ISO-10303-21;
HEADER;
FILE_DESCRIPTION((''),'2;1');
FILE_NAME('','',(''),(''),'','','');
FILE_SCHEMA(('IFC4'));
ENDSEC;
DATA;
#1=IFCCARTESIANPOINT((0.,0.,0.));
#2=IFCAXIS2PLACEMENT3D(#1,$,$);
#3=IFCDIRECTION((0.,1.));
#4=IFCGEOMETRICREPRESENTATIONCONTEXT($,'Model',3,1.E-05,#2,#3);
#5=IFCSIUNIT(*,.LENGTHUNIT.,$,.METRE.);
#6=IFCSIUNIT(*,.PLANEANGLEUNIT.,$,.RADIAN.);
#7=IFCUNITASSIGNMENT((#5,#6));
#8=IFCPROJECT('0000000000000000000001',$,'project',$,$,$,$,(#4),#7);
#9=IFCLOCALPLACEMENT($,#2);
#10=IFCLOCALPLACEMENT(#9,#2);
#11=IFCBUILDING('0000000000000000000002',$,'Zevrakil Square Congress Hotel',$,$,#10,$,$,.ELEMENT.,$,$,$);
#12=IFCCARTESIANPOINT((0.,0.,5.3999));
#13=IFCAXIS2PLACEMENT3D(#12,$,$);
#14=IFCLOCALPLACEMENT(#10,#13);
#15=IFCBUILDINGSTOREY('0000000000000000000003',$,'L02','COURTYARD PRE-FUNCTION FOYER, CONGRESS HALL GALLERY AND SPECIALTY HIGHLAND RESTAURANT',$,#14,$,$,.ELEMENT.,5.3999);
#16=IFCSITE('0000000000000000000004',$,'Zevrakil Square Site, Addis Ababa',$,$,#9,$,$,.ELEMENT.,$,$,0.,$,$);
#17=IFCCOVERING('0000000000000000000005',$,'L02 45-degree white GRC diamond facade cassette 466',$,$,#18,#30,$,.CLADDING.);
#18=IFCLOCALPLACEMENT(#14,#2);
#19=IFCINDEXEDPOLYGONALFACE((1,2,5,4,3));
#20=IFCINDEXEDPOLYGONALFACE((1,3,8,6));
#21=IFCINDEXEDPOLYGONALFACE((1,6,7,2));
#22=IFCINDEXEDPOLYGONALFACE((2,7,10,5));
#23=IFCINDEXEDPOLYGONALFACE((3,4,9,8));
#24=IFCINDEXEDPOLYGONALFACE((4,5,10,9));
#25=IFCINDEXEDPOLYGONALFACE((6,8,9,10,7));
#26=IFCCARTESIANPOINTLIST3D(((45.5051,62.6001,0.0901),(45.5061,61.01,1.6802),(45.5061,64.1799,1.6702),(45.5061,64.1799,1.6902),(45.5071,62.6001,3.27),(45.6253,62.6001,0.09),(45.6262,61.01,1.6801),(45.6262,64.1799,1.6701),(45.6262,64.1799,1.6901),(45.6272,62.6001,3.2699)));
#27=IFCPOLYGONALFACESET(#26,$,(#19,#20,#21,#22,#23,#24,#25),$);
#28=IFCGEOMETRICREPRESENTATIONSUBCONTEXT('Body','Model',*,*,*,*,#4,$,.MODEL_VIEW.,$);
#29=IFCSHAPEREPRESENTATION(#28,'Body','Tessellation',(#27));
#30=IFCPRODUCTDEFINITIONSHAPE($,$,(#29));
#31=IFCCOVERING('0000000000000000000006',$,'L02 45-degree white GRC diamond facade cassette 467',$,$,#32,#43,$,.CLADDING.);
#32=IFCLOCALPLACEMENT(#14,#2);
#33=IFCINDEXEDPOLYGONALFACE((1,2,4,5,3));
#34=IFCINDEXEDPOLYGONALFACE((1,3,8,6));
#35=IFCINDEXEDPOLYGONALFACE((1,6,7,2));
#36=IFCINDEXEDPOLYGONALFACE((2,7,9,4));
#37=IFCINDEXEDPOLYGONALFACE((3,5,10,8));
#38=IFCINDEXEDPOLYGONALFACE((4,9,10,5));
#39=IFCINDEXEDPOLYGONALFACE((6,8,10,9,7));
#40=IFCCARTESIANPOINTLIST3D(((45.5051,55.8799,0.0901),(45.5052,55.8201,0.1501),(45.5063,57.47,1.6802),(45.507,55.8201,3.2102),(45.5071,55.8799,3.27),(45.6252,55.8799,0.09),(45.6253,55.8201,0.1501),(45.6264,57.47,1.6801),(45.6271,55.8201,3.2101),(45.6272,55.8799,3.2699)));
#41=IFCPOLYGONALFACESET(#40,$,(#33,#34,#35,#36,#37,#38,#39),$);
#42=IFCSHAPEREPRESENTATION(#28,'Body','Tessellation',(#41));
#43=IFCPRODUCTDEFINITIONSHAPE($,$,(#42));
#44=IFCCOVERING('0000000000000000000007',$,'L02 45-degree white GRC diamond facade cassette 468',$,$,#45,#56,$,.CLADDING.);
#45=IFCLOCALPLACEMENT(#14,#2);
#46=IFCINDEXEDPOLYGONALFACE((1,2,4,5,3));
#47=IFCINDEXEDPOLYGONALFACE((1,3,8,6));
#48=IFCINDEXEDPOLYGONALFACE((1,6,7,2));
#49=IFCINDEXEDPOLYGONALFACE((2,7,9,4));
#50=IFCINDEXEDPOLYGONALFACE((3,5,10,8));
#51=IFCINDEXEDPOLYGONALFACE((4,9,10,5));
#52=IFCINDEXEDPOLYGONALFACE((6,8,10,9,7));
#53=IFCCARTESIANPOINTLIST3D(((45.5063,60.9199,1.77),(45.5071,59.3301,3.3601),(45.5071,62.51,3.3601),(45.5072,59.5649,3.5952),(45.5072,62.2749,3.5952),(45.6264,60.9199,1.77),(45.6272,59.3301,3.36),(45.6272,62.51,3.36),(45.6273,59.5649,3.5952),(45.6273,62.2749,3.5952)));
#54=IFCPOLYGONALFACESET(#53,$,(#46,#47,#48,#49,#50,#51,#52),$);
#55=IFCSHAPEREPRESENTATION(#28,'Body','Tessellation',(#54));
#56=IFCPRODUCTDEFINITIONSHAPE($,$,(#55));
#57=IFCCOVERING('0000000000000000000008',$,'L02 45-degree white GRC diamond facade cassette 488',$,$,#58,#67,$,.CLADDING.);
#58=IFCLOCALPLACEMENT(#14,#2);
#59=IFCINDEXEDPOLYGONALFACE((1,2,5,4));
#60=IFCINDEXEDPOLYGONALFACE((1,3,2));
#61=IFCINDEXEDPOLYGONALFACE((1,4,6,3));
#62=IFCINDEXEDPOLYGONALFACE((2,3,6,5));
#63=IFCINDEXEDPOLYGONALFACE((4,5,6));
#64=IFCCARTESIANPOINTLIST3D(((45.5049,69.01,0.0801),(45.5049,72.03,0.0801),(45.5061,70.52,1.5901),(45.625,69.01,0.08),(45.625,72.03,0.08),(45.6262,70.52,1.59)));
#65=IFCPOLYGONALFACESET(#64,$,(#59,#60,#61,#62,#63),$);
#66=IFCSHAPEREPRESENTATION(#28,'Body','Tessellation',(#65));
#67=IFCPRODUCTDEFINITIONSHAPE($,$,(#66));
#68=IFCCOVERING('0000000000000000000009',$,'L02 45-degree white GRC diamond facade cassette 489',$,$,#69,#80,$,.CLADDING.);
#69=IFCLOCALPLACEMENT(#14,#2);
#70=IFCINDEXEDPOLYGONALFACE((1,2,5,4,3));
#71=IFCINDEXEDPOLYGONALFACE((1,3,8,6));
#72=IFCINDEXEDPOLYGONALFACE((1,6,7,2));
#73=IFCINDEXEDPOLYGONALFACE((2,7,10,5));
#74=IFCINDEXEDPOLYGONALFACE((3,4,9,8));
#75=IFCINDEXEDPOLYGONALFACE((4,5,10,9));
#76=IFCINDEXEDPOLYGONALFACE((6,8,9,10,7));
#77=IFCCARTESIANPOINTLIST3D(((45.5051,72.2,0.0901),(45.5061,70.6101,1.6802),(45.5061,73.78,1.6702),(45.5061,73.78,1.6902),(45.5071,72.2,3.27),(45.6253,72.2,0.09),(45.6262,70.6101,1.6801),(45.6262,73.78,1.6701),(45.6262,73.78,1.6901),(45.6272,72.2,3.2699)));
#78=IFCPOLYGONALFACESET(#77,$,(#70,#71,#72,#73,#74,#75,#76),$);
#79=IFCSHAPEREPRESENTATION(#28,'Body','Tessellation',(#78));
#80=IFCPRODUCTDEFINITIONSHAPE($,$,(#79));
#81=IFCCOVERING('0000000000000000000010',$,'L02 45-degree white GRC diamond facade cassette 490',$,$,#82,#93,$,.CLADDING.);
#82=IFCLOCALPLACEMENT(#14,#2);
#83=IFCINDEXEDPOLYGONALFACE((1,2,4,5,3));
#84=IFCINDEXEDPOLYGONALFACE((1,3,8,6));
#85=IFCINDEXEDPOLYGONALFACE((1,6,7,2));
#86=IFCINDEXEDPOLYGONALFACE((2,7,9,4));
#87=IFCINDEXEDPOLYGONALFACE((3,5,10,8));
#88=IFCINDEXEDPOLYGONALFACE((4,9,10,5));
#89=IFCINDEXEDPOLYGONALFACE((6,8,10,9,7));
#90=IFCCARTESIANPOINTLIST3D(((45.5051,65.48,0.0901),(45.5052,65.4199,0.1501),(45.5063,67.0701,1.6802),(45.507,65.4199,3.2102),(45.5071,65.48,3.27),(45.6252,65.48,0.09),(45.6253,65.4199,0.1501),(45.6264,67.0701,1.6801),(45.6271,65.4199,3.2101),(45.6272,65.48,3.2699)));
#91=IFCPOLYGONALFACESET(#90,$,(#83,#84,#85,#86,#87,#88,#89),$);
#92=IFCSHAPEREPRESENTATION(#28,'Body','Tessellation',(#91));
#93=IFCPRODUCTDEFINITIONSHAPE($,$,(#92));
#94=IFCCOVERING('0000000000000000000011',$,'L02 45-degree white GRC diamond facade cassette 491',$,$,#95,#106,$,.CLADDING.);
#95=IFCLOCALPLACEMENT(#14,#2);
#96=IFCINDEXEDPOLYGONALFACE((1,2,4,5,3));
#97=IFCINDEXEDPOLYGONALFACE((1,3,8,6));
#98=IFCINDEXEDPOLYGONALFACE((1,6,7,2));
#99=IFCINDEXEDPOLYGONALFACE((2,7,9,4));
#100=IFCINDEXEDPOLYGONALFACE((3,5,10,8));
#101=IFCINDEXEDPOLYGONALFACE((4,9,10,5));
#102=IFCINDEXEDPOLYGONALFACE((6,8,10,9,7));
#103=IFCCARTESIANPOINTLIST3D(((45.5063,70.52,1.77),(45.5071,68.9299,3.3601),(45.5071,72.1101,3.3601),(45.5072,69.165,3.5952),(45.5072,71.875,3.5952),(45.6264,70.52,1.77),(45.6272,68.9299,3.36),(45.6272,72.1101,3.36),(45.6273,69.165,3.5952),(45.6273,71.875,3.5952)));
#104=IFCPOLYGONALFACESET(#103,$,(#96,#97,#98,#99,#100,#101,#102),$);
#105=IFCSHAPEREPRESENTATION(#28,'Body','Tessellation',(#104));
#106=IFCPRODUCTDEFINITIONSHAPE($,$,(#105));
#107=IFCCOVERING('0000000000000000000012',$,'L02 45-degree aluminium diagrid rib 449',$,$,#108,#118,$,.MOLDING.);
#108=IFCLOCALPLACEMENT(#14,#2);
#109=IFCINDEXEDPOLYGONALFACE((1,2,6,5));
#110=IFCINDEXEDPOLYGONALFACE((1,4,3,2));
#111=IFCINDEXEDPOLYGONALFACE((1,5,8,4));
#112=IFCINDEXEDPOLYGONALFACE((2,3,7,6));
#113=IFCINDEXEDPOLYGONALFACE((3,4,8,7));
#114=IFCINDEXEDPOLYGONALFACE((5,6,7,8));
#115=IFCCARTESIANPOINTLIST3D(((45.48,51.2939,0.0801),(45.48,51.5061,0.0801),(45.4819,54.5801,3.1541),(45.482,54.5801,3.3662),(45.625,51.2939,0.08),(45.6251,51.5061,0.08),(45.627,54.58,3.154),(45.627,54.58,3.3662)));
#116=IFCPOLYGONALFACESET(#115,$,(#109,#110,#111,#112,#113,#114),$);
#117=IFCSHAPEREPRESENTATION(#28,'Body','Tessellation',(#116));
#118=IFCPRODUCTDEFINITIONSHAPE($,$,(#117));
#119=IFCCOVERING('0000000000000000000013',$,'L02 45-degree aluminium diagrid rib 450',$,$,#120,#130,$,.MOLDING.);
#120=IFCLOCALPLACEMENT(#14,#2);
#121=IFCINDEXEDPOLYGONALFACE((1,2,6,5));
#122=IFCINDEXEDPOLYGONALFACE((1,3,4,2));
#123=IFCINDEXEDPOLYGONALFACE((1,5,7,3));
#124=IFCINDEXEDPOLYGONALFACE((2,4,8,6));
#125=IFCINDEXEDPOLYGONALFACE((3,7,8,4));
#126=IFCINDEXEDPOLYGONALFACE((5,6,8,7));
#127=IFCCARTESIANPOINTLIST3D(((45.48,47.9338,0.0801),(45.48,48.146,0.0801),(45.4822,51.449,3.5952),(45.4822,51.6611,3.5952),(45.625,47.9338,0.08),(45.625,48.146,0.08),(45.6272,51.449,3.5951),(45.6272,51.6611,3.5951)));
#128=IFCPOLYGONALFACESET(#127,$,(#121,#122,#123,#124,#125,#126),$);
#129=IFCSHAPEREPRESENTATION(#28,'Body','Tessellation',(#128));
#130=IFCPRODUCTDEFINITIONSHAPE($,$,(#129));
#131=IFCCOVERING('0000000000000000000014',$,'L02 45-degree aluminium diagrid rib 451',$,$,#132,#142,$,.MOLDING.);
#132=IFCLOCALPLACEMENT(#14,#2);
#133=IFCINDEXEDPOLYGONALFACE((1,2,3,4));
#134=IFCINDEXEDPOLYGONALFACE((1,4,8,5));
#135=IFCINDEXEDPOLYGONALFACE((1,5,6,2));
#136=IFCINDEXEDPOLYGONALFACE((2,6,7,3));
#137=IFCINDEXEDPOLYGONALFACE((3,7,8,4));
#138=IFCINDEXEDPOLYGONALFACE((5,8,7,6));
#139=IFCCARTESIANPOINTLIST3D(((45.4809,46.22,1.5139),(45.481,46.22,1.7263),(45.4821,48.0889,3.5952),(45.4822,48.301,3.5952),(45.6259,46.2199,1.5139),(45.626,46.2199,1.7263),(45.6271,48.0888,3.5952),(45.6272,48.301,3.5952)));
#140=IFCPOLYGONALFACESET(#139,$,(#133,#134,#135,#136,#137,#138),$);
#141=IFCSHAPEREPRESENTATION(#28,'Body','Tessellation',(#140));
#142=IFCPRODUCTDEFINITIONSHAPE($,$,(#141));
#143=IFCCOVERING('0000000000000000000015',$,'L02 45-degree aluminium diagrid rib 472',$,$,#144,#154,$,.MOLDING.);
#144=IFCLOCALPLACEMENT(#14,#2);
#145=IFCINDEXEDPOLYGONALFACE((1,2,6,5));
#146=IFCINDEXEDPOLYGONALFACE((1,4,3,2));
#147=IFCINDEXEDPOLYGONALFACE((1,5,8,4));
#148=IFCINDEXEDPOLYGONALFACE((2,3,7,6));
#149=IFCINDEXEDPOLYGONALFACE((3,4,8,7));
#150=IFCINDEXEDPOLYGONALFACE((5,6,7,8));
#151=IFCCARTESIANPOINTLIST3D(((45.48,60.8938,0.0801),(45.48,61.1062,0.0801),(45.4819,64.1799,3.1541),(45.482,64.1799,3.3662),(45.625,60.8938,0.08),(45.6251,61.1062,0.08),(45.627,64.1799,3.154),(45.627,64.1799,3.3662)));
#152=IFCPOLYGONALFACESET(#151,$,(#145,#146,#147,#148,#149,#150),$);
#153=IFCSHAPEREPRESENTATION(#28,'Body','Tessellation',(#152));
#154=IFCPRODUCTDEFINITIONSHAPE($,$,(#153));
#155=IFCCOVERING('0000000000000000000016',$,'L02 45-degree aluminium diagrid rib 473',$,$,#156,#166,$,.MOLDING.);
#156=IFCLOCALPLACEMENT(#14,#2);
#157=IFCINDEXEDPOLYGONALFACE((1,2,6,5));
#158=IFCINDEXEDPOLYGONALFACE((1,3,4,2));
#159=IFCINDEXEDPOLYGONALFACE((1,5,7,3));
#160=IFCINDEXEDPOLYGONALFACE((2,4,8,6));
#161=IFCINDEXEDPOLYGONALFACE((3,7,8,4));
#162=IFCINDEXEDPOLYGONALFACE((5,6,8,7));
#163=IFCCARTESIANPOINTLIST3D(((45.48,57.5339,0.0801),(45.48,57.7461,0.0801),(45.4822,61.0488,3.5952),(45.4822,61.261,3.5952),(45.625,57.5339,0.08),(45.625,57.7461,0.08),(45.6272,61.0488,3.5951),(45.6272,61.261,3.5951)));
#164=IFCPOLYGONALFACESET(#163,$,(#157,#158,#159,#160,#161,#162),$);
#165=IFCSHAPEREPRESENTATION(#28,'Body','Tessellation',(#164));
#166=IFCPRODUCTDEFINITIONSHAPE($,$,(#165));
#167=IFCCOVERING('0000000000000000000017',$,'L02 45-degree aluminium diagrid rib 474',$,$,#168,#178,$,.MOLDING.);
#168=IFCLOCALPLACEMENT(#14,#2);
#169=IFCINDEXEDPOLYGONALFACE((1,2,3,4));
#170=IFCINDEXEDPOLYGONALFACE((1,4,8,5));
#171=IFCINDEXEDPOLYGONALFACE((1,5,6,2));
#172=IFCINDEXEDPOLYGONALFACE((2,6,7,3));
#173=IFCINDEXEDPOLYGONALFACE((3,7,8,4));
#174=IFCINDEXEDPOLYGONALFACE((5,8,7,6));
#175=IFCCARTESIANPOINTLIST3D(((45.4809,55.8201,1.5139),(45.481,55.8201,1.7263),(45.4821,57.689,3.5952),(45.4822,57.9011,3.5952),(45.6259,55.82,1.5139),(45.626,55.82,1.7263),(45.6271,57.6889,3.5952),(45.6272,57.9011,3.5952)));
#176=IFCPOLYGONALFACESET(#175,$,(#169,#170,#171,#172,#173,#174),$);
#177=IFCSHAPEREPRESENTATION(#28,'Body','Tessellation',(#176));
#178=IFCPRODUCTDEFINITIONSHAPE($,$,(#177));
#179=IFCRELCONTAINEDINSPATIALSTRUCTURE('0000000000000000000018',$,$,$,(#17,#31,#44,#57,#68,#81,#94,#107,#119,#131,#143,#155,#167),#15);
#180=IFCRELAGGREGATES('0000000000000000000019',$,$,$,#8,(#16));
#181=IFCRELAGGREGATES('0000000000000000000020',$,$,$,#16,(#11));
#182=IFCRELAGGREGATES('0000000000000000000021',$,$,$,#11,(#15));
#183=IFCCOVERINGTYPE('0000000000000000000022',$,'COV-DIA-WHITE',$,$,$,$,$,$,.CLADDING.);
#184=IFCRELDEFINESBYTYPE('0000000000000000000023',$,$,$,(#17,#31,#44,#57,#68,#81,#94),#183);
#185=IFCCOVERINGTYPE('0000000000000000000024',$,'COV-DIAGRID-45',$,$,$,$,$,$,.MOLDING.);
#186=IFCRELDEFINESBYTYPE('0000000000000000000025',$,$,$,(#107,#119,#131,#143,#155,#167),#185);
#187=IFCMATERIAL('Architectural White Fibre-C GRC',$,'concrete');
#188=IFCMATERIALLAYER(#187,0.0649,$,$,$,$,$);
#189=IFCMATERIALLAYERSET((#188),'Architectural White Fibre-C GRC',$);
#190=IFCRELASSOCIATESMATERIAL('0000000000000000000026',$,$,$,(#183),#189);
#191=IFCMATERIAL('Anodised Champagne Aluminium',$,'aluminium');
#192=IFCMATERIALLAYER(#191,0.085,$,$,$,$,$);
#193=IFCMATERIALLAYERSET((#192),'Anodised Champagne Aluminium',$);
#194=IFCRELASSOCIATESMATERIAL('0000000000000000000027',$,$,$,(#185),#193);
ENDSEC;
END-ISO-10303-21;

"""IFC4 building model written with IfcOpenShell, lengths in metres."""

from ifc_helpers import new_model, si_unit, direction, frame, origin, place, context, subcontext, project, spatial, polyline, outline, extrude, material, layer, layer_set, type_object, element, save


model = new_model("IFC4")

# Units and contexts
model_context = context("Model", 3, precision=1e-05, world=origin(), true_north=direction((0.0, 1.0)))
body_context = subcontext(model_context, "Body", "Model", "MODEL_VIEW")
ifc_project = project(units=[si_unit("LENGTHUNIT", "METRE"), si_unit("PLANEANGLEUNIT", "RADIAN")], contexts=[model_context])

# Site, building, storey
site_placement = place(None, origin())
site = spatial("IfcSite", under=ifc_project, at=site_placement, Name="Zevrakil Square Site, Addis Ababa", CompositionType="ELEMENT", RefElevation=0.0)
building_placement = place(site_placement, origin())
building = spatial("IfcBuilding", under=site, at=building_placement, Name="Zevrakil Square Congress Hotel", CompositionType="ELEMENT")
storey_placement = place(building_placement, frame((0.0, 0.0, 5.3999)))
storey = spatial("IfcBuildingStorey", under=building, at=storey_placement, Name="L02", Description="COURTYARD PRE-FUNCTION FOYER, CONGRESS HALL GALLERY AND SPECIALTY HIGHLAND RESTAURANT", CompositionType="ELEMENT", Elevation=5.3999)

# Coverings
ifc_material_1 = material(Name="Architectural White Fibre-C GRC", Category="concrete")
ifc_layer_1 = layer(ifc_material_1, 0.0649)
ifc_layer_set_1 = layer_set([ifc_layer_1], Name="Architectural White Fibre-C GRC")
covering_type_1 = type_object("IfcCoveringType", Name="COV-DIA-WHITE", PredefinedType="CLADDING", material=ifc_layer_set_1)
covering_1_placement = place(storey_placement, frame((45.5071, 62.6001, 3.27), z_axis=(-1.0, 0.0, 0.000612), x_axis=(-0.000433, -0.707161, -0.707052)))
element("IfcCovering", 1, at=covering_1_placement, inside=storey, type_object=covering_type_1, Name="L02 45-degree white GRC diamond facade cassette 466", PredefinedType="CLADDING", context=body_context, shape_type="SweptSolid", body=[
    extrude(outline(polyline([(0.0, 0.0), (2.2486, 0.0), (2.2484, -2.2487), (0.014, -2.2484), (-0.0002, -2.2342), (0.0, 0.0)])), origin(), (0.0, 0.0, -1.0), 0.1201),
])
covering_2_placement = place(storey_placement, frame((45.5051, 55.8799, 0.0901), z_axis=(-1.0, 0.00014, 0.000612), x_axis=(0.000532, 0.707107, 0.707107)))
element("IfcCovering", 2, at=covering_2_placement, inside=storey, type_object=covering_type_1, Name="L02 45-degree white GRC diamond facade cassette 467", PredefinedType="CLADDING", context=body_context, shape_type="SweptSolid", body=[
    extrude(outline(polyline([(0.0, 0.0), (2.2487, 0.0), (2.2486, -2.2486), (2.164, -2.2486), (0.0002, -0.0848), (0.0, 0.0)])), origin(), (0.0, 0.0, -1.0), 0.1201),
])
covering_3_placement = place(storey_placement, frame((45.5071, 59.3301, 3.3601), z_axis=(-1.0, 0.0, 0.000482), x_axis=(-0.000341, 0.707052, -0.707161)))
element("IfcCovering", 3, at=covering_3_placement, inside=storey, type_object=covering_type_1, Name="L02 45-degree white GRC diamond facade cassette 468", PredefinedType="CLADDING", context=body_context, shape_type="SweptSolid", body=[
    extrude(outline(polyline([(0.0, 0.0), (2.2486, 0.0), (2.2484, -2.2487), (1.9159, -2.2487), (-0.0002, -0.3323), (0.0, 0.0)])), origin(), (0.0, 0.0, -1.0), 0.1201),
])
covering_4_placement = place(storey_placement, frame((45.5061, 70.52, 1.5901), z_axis=(-1.0, 0.0, 0.000808), x_axis=(-0.000572, -0.707107, -0.707107)))
element("IfcCovering", 4, at=covering_4_placement, inside=storey, type_object=covering_type_1, Name="L02 45-degree white GRC diamond facade cassette 488", PredefinedType="CLADDING", context=body_context, shape_type="SweptSolid", body=[
    extrude(outline(polyline([(0.0, 0.0), (2.1355, 0.0), (0.0, -2.1355), (0.0, 0.0)])), origin(), (0.0, 0.0, -1.0), 0.1201),
])
covering_5_placement = place(storey_placement, frame((45.5071, 72.2, 3.27), z_axis=(-1.0, 0.0, 0.000612), x_axis=(-0.000433, -0.707107, -0.707107)))
element("IfcCovering", 5, at=covering_5_placement, inside=storey, type_object=covering_type_1, Name="L02 45-degree white GRC diamond facade cassette 489", PredefinedType="CLADDING", context=body_context, shape_type="SweptSolid", body=[
    extrude(outline(polyline([(0.0, 0.0), (2.2484, 0.0), (2.2486, -2.2486), (0.014, -2.2486), (-0.0002, -2.2344), (0.0, 0.0)])), origin(), (0.0, 0.0, -1.0), 0.1201),
])
covering_6_placement = place(storey_placement, frame((45.5051, 65.48, 0.0901), z_axis=(-1.0, 0.00014, 0.000612), x_axis=(0.000532, 0.707107, 0.707107)))
element("IfcCovering", 6, at=covering_6_placement, inside=storey, type_object=covering_type_1, Name="L02 45-degree white GRC diamond facade cassette 490", PredefinedType="CLADDING", context=body_context, shape_type="SweptSolid", body=[
    extrude(outline(polyline([(0.0, 0.0), (2.2487, 0.0), (2.2486, -2.2486), (2.1638, -2.2487), (0.0, -0.0849), (0.0, 0.0)])), origin(), (0.0, 0.0, -1.0), 0.1201),
])
covering_7_placement = place(storey_placement, frame((45.5071, 68.9299, 3.3601), z_axis=(-1.0, 0.0, 0.000482), x_axis=(-0.000341, 0.707107, -0.707107)))
element("IfcCovering", 7, at=covering_7_placement, inside=storey, type_object=covering_type_1, Name="L02 45-degree white GRC diamond facade cassette 491", PredefinedType="CLADDING", context=body_context, shape_type="SweptSolid", body=[
    extrude(outline(polyline([(0.0, 0.0), (2.2487, 0.0), (2.2487, -2.2487), (1.9162, -2.2487), (0.0, -0.3325), (0.0, 0.0)])), origin(), (0.0, 0.0, -1.0), 0.1201),
])
ifc_material_2 = material(Name="Anodised Champagne Aluminium", Category="aluminium")
ifc_layer_2 = layer(ifc_material_2, 0.085)
ifc_layer_set_2 = layer_set([ifc_layer_2], Name="Anodised Champagne Aluminium")
covering_type_2 = type_object("IfcCoveringType", Name="COV-DIAGRID-45", PredefinedType="MOLDING", material=ifc_layer_set_2)
covering_8_placement = place(storey_placement, frame((45.4819, 54.5801, 3.1541), z_axis=(-1.0, 0.000307, 0.000307), x_axis=(0.000307, 0.0, 1.0)))
element("IfcCovering", 8, at=covering_8_placement, inside=storey, type_object=covering_type_2, Name="L02 45-degree aluminium diagrid rib 449", PredefinedType="MOLDING", context=body_context, shape_type="SweptSolid", body=[
    extrude(outline(polyline([(0.0, 0.0), (0.2122, 0.0), (-3.074, -3.2861), (-3.074, -3.074), (0.0, 0.0)])), origin(), (0.0, 0.0, -1.0), 0.145),
])
covering_9_placement = place(storey_placement, frame((45.4822, 51.6611, 3.5952), z_axis=(-1.0, 0.0, 0.000625), x_axis=(0.0, -1.0, 0.0)))
element("IfcCovering", 9, at=covering_9_placement, inside=storey, type_object=covering_type_2, Name="L02 45-degree aluminium diagrid rib 450", PredefinedType="MOLDING", context=body_context, shape_type="SweptSolid", body=[
    extrude(outline(polyline([(0.0, 0.0), (0.2122, 0.0), (3.7273, -3.5151), (3.5151, -3.5151), (0.0, 0.0)])), origin(), (0.0, 0.0, -1.0), 0.145),
])
covering_10_placement = place(storey_placement, frame((45.4822, 48.301, 3.5952), z_axis=(-1.0, 0.000309, 0.000309), x_axis=(-0.000309, -1.0, 0.0)))
element("IfcCovering", 10, at=covering_10_placement, inside=storey, type_object=covering_type_2, Name="L02 45-degree aluminium diagrid rib 451", PredefinedType="MOLDING", context=body_context, shape_type="SweptSolid", body=[
    extrude(outline(polyline([(0.0, 0.0), (0.2122, 0.0), (2.0811, -1.8689), (2.0811, -2.0813), (0.0, 0.0)])), origin(), (0.0, 0.0, -1.0), 0.145),
])
covering_11_placement = place(storey_placement, frame((45.4819, 64.1799, 3.1541), z_axis=(-1.0, 0.000307, 0.000307), x_axis=(0.000307, 0.0, 1.0)))
element("IfcCovering", 11, at=covering_11_placement, inside=storey, type_object=covering_type_2, Name="L02 45-degree aluminium diagrid rib 472", PredefinedType="MOLDING", context=body_context, shape_type="SweptSolid", body=[
    extrude(outline(polyline([(0.0, 0.0), (0.2122, 0.0), (-3.074, -3.2861), (-3.074, -3.0737), (0.0, 0.0)])), origin(), (0.0, 0.0, -1.0), 0.145),
])
covering_12_placement = place(storey_placement, frame((45.4822, 61.261, 3.5952), z_axis=(-1.0, 0.0, 0.000625), x_axis=(0.0, -1.0, 0.0)))
element("IfcCovering", 12, at=covering_12_placement, inside=storey, type_object=covering_type_2, Name="L02 45-degree aluminium diagrid rib 473", PredefinedType="MOLDING", context=body_context, shape_type="SweptSolid", body=[
    extrude(outline(polyline([(0.0, 0.0), (0.2122, 0.0), (3.7271, -3.5151), (3.5149, -3.5151), (0.0, 0.0)])), origin(), (0.0, 0.0, -1.0), 0.145),
])
covering_13_placement = place(storey_placement, frame((45.4822, 57.9011, 3.5952), z_axis=(-1.0, 0.000309, 0.000309), x_axis=(-0.000309, -1.0, 0.0)))
element("IfcCovering", 13, at=covering_13_placement, inside=storey, type_object=covering_type_2, Name="L02 45-degree aluminium diagrid rib 474", PredefinedType="MOLDING", context=body_context, shape_type="SweptSolid", body=[
    extrude(outline(polyline([(0.0, 0.0), (0.2122, 0.0), (2.0811, -1.8689), (2.0811, -2.0813), (0.0, 0.0)])), origin(), (0.0, 0.0, -1.0), 0.145),
])

save(model, "model.ifc")
